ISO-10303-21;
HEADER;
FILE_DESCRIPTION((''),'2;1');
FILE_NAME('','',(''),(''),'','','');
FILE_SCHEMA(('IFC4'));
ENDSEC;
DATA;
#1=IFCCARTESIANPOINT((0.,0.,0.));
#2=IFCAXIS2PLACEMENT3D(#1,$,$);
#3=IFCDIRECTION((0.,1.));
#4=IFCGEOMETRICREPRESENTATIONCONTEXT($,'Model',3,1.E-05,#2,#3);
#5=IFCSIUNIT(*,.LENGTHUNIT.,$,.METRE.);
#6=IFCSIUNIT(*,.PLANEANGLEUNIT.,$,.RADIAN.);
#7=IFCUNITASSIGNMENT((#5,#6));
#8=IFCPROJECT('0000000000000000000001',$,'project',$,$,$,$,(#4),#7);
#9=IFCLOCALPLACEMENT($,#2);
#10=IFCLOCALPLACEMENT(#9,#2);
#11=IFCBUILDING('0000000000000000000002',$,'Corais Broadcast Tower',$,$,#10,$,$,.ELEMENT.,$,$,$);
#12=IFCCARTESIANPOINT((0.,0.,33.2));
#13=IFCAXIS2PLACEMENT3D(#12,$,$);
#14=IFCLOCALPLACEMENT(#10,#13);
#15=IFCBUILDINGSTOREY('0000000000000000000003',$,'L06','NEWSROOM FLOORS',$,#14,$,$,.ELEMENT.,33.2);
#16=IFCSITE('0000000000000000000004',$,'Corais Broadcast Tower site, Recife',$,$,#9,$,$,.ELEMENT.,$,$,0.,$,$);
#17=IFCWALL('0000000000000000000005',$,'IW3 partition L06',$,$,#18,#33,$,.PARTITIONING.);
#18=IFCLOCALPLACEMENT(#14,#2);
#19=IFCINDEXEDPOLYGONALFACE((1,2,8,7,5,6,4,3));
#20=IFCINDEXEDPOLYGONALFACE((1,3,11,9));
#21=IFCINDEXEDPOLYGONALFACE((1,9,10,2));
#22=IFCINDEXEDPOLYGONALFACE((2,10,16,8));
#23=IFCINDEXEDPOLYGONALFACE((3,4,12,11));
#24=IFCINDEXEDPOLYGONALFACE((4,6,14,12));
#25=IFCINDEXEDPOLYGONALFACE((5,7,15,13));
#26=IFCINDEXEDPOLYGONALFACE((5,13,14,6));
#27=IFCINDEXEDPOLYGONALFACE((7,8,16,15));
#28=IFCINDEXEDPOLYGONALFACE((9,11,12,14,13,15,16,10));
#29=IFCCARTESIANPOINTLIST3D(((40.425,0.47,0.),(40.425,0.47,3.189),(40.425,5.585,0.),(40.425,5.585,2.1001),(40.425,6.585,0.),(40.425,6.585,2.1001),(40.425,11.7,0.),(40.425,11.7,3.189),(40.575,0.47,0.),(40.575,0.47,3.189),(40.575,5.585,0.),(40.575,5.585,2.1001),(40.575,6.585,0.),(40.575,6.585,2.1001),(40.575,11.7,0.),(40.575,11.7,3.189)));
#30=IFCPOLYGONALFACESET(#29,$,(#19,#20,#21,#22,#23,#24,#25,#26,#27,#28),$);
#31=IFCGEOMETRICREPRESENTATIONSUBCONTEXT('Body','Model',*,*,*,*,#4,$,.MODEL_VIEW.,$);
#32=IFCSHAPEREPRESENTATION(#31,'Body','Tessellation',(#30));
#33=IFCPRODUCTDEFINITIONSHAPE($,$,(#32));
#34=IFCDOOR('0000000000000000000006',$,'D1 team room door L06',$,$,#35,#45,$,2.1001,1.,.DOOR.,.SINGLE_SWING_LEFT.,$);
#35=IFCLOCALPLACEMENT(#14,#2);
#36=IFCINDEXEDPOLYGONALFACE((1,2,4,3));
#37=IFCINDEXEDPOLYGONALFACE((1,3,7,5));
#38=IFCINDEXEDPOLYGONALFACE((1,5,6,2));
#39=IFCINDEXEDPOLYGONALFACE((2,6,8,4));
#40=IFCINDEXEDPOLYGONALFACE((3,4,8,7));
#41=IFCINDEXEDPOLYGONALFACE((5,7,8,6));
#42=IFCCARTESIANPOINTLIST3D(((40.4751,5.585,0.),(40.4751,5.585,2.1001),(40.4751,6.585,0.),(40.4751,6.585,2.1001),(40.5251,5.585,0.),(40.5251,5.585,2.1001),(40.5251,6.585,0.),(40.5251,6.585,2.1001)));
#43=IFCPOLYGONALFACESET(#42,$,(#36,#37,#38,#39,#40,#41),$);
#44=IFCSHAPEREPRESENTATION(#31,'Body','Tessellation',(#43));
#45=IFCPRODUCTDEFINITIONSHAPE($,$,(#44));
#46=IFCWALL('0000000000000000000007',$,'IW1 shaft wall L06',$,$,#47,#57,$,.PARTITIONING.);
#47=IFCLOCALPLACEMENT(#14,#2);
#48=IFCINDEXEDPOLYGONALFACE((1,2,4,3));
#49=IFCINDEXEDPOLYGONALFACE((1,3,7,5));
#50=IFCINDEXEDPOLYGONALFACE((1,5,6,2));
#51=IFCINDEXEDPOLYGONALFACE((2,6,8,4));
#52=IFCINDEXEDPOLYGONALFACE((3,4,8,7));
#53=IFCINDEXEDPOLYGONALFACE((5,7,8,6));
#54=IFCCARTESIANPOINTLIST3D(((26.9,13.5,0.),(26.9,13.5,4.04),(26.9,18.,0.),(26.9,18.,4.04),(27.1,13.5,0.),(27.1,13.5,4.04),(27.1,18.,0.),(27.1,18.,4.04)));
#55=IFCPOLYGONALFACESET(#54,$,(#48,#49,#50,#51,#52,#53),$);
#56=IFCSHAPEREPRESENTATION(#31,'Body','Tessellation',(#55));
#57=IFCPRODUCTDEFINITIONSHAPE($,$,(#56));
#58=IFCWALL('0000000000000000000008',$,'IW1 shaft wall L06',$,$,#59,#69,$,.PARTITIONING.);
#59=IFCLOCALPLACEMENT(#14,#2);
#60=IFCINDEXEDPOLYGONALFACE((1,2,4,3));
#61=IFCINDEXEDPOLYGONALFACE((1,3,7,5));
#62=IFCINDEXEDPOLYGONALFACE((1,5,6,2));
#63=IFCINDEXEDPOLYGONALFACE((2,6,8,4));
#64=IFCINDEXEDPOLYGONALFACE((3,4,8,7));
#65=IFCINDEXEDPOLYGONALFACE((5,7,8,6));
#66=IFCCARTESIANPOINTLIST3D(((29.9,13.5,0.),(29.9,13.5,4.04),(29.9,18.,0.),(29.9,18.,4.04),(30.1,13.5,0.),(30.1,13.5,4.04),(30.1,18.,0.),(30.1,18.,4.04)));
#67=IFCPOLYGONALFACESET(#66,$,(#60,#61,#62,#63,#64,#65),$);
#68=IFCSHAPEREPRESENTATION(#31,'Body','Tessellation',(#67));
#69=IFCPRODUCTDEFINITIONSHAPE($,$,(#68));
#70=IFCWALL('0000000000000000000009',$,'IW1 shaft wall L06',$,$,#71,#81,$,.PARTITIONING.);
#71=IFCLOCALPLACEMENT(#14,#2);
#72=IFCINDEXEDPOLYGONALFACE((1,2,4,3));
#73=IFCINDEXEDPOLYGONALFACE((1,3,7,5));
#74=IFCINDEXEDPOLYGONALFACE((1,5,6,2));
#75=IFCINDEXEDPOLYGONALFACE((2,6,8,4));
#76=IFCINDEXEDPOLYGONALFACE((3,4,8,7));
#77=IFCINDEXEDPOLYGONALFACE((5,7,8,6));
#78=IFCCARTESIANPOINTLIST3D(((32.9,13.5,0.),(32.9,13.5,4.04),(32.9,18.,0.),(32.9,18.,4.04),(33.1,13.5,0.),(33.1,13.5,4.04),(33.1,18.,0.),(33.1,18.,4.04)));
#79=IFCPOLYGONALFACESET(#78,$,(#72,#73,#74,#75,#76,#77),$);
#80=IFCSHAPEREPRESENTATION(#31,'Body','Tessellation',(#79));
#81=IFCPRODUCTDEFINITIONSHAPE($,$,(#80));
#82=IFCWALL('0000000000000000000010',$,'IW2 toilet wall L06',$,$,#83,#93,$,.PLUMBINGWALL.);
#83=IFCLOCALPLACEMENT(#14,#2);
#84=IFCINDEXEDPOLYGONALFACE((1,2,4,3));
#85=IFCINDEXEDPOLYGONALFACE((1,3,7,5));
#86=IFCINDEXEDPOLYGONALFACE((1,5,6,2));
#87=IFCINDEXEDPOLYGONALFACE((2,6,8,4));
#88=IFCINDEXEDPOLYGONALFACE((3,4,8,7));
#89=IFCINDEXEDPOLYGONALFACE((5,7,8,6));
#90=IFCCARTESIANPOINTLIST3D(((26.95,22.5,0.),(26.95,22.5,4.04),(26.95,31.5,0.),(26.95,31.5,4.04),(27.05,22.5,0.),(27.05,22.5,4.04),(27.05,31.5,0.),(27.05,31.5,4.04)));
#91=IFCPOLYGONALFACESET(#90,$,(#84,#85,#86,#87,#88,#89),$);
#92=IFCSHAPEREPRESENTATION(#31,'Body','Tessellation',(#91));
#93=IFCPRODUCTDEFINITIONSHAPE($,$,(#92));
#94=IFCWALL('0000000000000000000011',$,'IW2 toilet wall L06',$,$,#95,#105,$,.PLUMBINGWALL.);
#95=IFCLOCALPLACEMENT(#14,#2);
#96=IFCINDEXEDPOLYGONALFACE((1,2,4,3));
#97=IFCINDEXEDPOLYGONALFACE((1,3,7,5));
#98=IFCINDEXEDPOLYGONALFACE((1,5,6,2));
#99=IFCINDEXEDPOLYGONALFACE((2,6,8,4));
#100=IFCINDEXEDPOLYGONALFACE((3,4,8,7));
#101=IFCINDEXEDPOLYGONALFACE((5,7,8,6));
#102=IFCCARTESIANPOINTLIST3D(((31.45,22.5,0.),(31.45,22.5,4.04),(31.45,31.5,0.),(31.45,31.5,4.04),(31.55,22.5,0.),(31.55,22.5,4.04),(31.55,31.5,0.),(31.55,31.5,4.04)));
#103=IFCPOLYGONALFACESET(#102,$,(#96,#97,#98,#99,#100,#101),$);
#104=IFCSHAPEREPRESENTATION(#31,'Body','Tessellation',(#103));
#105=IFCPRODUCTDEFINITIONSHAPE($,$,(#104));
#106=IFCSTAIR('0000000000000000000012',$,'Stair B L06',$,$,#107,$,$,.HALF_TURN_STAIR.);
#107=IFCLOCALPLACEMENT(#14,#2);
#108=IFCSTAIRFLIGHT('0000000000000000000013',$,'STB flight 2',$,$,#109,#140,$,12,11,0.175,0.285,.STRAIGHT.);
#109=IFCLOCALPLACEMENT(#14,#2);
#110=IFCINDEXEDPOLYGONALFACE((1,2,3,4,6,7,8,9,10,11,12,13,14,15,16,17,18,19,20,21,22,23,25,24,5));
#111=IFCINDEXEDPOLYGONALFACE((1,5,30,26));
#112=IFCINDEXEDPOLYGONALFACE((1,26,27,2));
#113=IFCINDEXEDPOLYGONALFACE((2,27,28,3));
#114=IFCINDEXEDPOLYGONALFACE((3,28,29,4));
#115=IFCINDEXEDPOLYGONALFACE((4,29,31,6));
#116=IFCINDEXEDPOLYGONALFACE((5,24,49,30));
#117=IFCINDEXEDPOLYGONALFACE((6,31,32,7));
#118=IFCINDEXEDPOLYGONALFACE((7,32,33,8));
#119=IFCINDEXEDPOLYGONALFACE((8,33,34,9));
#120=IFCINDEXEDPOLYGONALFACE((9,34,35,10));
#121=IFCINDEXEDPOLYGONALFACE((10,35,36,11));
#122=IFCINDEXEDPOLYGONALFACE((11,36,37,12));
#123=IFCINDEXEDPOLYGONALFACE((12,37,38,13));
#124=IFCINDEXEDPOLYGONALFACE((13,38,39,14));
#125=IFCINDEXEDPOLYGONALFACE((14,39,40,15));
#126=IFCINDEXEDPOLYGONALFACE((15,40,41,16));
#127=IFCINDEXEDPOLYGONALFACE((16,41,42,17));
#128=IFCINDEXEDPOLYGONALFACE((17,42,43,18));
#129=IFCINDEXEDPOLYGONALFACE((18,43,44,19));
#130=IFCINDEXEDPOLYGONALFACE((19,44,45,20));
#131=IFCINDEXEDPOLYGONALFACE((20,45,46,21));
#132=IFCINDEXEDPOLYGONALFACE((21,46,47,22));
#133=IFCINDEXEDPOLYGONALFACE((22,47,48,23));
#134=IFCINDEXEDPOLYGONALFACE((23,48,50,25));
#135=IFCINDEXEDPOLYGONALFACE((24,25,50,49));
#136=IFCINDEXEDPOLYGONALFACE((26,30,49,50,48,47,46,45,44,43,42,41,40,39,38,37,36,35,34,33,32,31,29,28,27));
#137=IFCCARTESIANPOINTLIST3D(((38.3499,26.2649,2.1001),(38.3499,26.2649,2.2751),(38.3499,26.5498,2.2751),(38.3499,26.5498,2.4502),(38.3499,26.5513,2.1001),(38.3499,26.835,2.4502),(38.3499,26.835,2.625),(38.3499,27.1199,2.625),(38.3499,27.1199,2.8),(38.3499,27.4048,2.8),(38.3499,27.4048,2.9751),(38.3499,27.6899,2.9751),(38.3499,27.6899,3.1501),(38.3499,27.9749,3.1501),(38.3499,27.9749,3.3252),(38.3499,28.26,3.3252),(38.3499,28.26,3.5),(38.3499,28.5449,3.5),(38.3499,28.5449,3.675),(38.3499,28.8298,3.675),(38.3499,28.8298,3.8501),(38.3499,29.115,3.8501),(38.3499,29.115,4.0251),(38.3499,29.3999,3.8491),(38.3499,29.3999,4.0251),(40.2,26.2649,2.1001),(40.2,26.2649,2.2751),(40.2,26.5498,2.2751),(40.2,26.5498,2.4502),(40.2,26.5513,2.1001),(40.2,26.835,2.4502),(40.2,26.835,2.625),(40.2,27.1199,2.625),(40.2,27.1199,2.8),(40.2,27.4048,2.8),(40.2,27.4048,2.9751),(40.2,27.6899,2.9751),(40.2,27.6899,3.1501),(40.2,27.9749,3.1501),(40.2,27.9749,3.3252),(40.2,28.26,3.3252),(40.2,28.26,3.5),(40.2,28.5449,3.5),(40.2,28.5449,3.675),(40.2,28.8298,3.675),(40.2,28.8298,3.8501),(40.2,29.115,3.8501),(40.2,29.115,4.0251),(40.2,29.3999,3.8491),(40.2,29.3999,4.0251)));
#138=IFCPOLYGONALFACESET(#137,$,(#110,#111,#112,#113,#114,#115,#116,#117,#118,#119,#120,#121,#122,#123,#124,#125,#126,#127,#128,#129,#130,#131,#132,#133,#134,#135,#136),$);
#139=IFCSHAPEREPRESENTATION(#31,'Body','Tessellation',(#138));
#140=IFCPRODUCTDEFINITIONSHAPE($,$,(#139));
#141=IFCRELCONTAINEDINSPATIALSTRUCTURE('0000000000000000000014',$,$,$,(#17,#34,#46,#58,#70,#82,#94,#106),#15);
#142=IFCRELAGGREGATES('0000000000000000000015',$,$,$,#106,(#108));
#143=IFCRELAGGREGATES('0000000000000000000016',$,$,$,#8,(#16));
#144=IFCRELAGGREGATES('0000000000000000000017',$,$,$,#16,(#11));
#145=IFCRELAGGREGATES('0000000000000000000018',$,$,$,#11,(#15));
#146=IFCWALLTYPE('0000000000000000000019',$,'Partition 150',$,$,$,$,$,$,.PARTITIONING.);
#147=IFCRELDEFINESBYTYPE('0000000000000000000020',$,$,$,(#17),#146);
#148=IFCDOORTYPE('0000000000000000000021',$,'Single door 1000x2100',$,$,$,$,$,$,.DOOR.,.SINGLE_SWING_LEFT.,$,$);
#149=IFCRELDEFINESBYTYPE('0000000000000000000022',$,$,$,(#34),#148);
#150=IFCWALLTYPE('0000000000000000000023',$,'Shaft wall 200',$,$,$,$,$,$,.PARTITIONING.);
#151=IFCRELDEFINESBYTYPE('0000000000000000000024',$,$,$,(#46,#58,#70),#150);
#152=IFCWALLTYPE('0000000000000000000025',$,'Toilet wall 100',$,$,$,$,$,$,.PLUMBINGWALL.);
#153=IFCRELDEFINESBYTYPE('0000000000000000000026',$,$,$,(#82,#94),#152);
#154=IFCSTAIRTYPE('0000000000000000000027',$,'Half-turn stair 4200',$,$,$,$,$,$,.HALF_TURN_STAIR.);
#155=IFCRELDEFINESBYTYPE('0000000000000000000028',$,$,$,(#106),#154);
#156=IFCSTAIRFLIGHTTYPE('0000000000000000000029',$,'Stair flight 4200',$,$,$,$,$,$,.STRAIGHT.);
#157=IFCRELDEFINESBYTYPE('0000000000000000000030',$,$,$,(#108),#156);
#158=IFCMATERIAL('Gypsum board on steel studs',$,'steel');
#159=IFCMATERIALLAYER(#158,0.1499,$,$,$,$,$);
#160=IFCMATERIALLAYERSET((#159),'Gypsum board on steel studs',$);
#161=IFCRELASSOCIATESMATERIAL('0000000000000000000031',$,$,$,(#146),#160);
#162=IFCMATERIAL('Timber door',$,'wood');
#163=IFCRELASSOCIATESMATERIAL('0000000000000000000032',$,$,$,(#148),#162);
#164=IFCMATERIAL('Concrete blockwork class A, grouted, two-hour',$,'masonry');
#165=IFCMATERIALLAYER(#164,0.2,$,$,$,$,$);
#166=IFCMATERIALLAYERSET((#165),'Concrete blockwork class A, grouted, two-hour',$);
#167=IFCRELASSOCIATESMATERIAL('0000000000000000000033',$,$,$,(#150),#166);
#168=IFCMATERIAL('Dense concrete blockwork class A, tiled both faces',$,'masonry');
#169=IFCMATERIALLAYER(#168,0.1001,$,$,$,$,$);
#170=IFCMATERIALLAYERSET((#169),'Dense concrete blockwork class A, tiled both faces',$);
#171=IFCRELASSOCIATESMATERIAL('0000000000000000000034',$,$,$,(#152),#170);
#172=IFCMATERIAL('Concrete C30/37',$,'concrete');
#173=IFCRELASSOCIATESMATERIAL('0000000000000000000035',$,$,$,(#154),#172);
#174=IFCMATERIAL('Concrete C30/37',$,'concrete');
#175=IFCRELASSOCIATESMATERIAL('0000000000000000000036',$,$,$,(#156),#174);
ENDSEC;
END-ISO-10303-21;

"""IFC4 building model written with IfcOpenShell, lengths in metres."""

from ifc_helpers import new_model, si_unit, direction, frame, frame_2d, origin, place, context, subcontext, project, spatial, polyline, rectangle, outline, extrude, material, layer, layer_set, type_object, element, fill, aggregate, save


model = new_model("IFC4")

# Units and contexts
model_context = context("Model", 3, precision=1e-05, world=origin(), true_north=direction((0.0, 1.0)))
body_context = subcontext(model_context, "Body", "Model", "MODEL_VIEW")
ifc_project = project(units=[si_unit("LENGTHUNIT", "METRE"), si_unit("PLANEANGLEUNIT", "RADIAN")], contexts=[model_context])

# Site, building, storey
site_placement = place(None, origin())
site = spatial("IfcSite", under=ifc_project, at=site_placement, Name="Corais Broadcast Tower site, Recife", CompositionType="ELEMENT", RefElevation=0.0)
building_placement = place(site_placement, origin())
building = spatial("IfcBuilding", under=site, at=building_placement, Name="Corais Broadcast Tower", CompositionType="ELEMENT")
storey_placement = place(building_placement, frame((0.0, 0.0, 33.2)))
storey = spatial("IfcBuildingStorey", under=building, at=storey_placement, Name="L06", Description="NEWSROOM FLOORS", CompositionType="ELEMENT", Elevation=33.2)

# Shared definitions
ifc_material_1 = material(Name="Gypsum board on steel studs", Category="steel")
ifc_layer_1 = layer(ifc_material_1, 0.1499)
ifc_layer_set_1 = layer_set([ifc_layer_1], Name="Gypsum board on steel studs")
wall_type_1 = type_object("IfcWallType", Name="Partition 150", PredefinedType="PARTITIONING", material=ifc_layer_set_1)
ifc_material_2 = material(Name="Timber door", Category="wood")
door_type_1 = type_object("IfcDoorType", Name="Single door 1000x2100", OperationType="SINGLE_SWING_LEFT", PredefinedType="DOOR", material=ifc_material_2)

# Wall, opening, door
wall_1_placement = place(storey_placement, frame((40.5, 0.47, 0.0), z_axis=(0.0, 0.0, 1.0), x_axis=(0.0, 1.0, 0.0)))
wall_1 = element("IfcWall", 1, at=wall_1_placement, inside=storey, type_object=wall_type_1, Name="IW3 partition L06", PredefinedType="PARTITIONING", context=body_context, shape_type="SweptSolid", body=[
    extrude(rectangle(XDim=11.23, YDim=0.1499, at=frame_2d((5.615, 0.0))), origin(), (0.0, 0.0, 1.0), 3.189),
])
opening_1_placement = place(wall_1_placement, frame((5.115, 0.0, 0.0)))
opening_1 = element("IfcOpeningElement", 2, at=opening_1_placement, cuts=wall_1, PredefinedType="OPENING", context=body_context, shape_type="SweptSolid", body=[
    extrude(rectangle(XDim=1.0, YDim=2.1001, at=frame_2d((0.5, 1.05))), frame((0.0, 0.085, 0.0), z_axis=(0.0, -1.0, 0.0), x_axis=(1.0, 0.0, 0.0)), (0.0, 0.0, 1.0), 0.1699),
])
door_1_placement = place(opening_1_placement, origin())
door_1 = element("IfcDoor", 3, at=door_1_placement, inside=storey, type_object=door_type_1, Name="D1 team room door L06", OperationType="SINGLE_SWING_LEFT", OverallHeight=2.1001, OverallWidth=1.0, PredefinedType="DOOR", context=body_context, shape_type="SweptSolid", body=[
    extrude(rectangle(XDim=1.0, YDim=2.1001, at=frame_2d((0.5, 1.05))), frame((0.0, 0.0249, 0.0), z_axis=(0.0, -1.0, 0.0), x_axis=(1.0, 0.0, 0.0)), (0.0, 0.0, 1.0), 0.05),
])
fill(opening_1, door_1)

# Walls
ifc_material_3 = material(Name="Concrete blockwork class A, grouted, two-hour", Category="masonry")
ifc_layer_2 = layer(ifc_material_3, 0.2)
ifc_layer_set_2 = layer_set([ifc_layer_2], Name="Concrete blockwork class A, grouted, two-hour")
wall_type_2 = type_object("IfcWallType", Name="Shaft wall 200", PredefinedType="PARTITIONING", material=ifc_layer_set_2)
for number, where, z_axis, x_axis, name in (
    (4, (27.0, 13.5, 0.0), (0.0, 0.0, 1.0), (0.0, 1.0, 0.0), "IW1 shaft wall L06"),
    (5, (30.0, 13.5, 0.0), (0.0, 0.0, 1.0), (0.0, 1.0, 0.0), "IW1 shaft wall L06"),
    (6, (33.0, 13.5, 0.0), (0.0, 0.0, 1.0), (0.0, 1.0, 0.0), "IW1 shaft wall L06"),
):
    element("IfcWall", number, at=place(storey_placement, frame(where, z_axis=z_axis, x_axis=x_axis)), inside=storey, type_object=wall_type_2, Name=name, PredefinedType="PARTITIONING", context=body_context, shape_type="SweptSolid", body=[
        extrude(rectangle(XDim=4.5, YDim=0.2, at=frame_2d((2.25, 0.0))), origin(), (0.0, 0.0, 1.0), 4.04),
    ])
ifc_material_4 = material(Name="Dense concrete blockwork class A, tiled both faces", Category="masonry")
ifc_layer_3 = layer(ifc_material_4, 0.1001)
ifc_layer_set_3 = layer_set([ifc_layer_3], Name="Dense concrete blockwork class A, tiled both faces")
wall_type_3 = type_object("IfcWallType", Name="Toilet wall 100", PredefinedType="PLUMBINGWALL", material=ifc_layer_set_3)
for number, where, z_axis, x_axis, name in (
    (7, (27.0, 22.5, 0.0), (0.0, 0.0, 1.0), (0.0, 1.0, 0.0), "IW2 toilet wall L06"),
    (8, (31.5, 22.5, 0.0), (0.0, 0.0, 1.0), (0.0, 1.0, 0.0), "IW2 toilet wall L06"),
):
    element("IfcWall", number, at=place(storey_placement, frame(where, z_axis=z_axis, x_axis=x_axis)), inside=storey, type_object=wall_type_3, Name=name, PredefinedType="PLUMBINGWALL", context=body_context, shape_type="SweptSolid", body=[
        extrude(rectangle(XDim=9.0, YDim=0.1001, at=frame_2d((4.5, 0.0))), origin(), (0.0, 0.0, 1.0), 4.04),
    ])

# Stair, stair flight
ifc_material_5 = material(Name="Concrete C30/37", Category="concrete")
stair_type = type_object("IfcStairType", Name="Half-turn stair 4200", PredefinedType="HALF_TURN_STAIR", material=ifc_material_5)
stair_placement = place(storey_placement, origin())
stair = element("IfcStair", 9, at=stair_placement, inside=storey, type_object=stair_type, Name="Stair B L06", PredefinedType="HALF_TURN_STAIR")
ifc_material_6 = material(Name="Concrete C30/37", Category="concrete")
stair_flight_type = type_object("IfcStairFlightType", Name="Stair flight 4200", PredefinedType="STRAIGHT", material=ifc_material_6)
stair_flight_placement = place(storey_placement, frame((39.2749, 26.2649, 2.1001), z_axis=(0.0, 0.0, 1.0), x_axis=(0.0, 1.0, 0.0)))
stair_flight = element("IfcStairFlight", 10, at=stair_flight_placement, type_object=stair_flight_type, Name="STB flight 2", NumberOfRisers=12, NumberOfTreads=11, PredefinedType="STRAIGHT", RiserHeight=0.175, TreadLength=0.285, context=body_context, shape_type="SweptSolid", body=[
    extrude(outline(polyline([(0.0, 0.0), (0.0, 0.175), (0.2849, 0.175), (0.2849, 0.3501), (0.5701, 0.3501), (0.5701, 0.5249), (0.855, 0.5249), (0.855, 0.7), (1.1399, 0.7), (1.1399, 0.875), (1.425, 0.875), (1.425, 1.05), (1.71, 1.05), (1.71, 1.2251), (1.9951, 1.2251), (1.9951, 1.3999), (2.28, 1.3999), (2.28, 1.575), (2.5649, 1.575), (2.5649, 1.75), (2.8501, 1.75), (2.8501, 1.925), (3.135, 1.925), (3.135, 2.1001), (3.135, 1.749), (0.2864, 0.0), (0.0, 0.0)])), frame((0.0, 0.925, 0.0), z_axis=(0.0, -1.0, 0.0), x_axis=(1.0, 0.0, 0.0)), (0.0, 0.0, 1.0), 1.8501),
])
aggregate(stair, [stair_flight])

save(model, "model.ifc")
